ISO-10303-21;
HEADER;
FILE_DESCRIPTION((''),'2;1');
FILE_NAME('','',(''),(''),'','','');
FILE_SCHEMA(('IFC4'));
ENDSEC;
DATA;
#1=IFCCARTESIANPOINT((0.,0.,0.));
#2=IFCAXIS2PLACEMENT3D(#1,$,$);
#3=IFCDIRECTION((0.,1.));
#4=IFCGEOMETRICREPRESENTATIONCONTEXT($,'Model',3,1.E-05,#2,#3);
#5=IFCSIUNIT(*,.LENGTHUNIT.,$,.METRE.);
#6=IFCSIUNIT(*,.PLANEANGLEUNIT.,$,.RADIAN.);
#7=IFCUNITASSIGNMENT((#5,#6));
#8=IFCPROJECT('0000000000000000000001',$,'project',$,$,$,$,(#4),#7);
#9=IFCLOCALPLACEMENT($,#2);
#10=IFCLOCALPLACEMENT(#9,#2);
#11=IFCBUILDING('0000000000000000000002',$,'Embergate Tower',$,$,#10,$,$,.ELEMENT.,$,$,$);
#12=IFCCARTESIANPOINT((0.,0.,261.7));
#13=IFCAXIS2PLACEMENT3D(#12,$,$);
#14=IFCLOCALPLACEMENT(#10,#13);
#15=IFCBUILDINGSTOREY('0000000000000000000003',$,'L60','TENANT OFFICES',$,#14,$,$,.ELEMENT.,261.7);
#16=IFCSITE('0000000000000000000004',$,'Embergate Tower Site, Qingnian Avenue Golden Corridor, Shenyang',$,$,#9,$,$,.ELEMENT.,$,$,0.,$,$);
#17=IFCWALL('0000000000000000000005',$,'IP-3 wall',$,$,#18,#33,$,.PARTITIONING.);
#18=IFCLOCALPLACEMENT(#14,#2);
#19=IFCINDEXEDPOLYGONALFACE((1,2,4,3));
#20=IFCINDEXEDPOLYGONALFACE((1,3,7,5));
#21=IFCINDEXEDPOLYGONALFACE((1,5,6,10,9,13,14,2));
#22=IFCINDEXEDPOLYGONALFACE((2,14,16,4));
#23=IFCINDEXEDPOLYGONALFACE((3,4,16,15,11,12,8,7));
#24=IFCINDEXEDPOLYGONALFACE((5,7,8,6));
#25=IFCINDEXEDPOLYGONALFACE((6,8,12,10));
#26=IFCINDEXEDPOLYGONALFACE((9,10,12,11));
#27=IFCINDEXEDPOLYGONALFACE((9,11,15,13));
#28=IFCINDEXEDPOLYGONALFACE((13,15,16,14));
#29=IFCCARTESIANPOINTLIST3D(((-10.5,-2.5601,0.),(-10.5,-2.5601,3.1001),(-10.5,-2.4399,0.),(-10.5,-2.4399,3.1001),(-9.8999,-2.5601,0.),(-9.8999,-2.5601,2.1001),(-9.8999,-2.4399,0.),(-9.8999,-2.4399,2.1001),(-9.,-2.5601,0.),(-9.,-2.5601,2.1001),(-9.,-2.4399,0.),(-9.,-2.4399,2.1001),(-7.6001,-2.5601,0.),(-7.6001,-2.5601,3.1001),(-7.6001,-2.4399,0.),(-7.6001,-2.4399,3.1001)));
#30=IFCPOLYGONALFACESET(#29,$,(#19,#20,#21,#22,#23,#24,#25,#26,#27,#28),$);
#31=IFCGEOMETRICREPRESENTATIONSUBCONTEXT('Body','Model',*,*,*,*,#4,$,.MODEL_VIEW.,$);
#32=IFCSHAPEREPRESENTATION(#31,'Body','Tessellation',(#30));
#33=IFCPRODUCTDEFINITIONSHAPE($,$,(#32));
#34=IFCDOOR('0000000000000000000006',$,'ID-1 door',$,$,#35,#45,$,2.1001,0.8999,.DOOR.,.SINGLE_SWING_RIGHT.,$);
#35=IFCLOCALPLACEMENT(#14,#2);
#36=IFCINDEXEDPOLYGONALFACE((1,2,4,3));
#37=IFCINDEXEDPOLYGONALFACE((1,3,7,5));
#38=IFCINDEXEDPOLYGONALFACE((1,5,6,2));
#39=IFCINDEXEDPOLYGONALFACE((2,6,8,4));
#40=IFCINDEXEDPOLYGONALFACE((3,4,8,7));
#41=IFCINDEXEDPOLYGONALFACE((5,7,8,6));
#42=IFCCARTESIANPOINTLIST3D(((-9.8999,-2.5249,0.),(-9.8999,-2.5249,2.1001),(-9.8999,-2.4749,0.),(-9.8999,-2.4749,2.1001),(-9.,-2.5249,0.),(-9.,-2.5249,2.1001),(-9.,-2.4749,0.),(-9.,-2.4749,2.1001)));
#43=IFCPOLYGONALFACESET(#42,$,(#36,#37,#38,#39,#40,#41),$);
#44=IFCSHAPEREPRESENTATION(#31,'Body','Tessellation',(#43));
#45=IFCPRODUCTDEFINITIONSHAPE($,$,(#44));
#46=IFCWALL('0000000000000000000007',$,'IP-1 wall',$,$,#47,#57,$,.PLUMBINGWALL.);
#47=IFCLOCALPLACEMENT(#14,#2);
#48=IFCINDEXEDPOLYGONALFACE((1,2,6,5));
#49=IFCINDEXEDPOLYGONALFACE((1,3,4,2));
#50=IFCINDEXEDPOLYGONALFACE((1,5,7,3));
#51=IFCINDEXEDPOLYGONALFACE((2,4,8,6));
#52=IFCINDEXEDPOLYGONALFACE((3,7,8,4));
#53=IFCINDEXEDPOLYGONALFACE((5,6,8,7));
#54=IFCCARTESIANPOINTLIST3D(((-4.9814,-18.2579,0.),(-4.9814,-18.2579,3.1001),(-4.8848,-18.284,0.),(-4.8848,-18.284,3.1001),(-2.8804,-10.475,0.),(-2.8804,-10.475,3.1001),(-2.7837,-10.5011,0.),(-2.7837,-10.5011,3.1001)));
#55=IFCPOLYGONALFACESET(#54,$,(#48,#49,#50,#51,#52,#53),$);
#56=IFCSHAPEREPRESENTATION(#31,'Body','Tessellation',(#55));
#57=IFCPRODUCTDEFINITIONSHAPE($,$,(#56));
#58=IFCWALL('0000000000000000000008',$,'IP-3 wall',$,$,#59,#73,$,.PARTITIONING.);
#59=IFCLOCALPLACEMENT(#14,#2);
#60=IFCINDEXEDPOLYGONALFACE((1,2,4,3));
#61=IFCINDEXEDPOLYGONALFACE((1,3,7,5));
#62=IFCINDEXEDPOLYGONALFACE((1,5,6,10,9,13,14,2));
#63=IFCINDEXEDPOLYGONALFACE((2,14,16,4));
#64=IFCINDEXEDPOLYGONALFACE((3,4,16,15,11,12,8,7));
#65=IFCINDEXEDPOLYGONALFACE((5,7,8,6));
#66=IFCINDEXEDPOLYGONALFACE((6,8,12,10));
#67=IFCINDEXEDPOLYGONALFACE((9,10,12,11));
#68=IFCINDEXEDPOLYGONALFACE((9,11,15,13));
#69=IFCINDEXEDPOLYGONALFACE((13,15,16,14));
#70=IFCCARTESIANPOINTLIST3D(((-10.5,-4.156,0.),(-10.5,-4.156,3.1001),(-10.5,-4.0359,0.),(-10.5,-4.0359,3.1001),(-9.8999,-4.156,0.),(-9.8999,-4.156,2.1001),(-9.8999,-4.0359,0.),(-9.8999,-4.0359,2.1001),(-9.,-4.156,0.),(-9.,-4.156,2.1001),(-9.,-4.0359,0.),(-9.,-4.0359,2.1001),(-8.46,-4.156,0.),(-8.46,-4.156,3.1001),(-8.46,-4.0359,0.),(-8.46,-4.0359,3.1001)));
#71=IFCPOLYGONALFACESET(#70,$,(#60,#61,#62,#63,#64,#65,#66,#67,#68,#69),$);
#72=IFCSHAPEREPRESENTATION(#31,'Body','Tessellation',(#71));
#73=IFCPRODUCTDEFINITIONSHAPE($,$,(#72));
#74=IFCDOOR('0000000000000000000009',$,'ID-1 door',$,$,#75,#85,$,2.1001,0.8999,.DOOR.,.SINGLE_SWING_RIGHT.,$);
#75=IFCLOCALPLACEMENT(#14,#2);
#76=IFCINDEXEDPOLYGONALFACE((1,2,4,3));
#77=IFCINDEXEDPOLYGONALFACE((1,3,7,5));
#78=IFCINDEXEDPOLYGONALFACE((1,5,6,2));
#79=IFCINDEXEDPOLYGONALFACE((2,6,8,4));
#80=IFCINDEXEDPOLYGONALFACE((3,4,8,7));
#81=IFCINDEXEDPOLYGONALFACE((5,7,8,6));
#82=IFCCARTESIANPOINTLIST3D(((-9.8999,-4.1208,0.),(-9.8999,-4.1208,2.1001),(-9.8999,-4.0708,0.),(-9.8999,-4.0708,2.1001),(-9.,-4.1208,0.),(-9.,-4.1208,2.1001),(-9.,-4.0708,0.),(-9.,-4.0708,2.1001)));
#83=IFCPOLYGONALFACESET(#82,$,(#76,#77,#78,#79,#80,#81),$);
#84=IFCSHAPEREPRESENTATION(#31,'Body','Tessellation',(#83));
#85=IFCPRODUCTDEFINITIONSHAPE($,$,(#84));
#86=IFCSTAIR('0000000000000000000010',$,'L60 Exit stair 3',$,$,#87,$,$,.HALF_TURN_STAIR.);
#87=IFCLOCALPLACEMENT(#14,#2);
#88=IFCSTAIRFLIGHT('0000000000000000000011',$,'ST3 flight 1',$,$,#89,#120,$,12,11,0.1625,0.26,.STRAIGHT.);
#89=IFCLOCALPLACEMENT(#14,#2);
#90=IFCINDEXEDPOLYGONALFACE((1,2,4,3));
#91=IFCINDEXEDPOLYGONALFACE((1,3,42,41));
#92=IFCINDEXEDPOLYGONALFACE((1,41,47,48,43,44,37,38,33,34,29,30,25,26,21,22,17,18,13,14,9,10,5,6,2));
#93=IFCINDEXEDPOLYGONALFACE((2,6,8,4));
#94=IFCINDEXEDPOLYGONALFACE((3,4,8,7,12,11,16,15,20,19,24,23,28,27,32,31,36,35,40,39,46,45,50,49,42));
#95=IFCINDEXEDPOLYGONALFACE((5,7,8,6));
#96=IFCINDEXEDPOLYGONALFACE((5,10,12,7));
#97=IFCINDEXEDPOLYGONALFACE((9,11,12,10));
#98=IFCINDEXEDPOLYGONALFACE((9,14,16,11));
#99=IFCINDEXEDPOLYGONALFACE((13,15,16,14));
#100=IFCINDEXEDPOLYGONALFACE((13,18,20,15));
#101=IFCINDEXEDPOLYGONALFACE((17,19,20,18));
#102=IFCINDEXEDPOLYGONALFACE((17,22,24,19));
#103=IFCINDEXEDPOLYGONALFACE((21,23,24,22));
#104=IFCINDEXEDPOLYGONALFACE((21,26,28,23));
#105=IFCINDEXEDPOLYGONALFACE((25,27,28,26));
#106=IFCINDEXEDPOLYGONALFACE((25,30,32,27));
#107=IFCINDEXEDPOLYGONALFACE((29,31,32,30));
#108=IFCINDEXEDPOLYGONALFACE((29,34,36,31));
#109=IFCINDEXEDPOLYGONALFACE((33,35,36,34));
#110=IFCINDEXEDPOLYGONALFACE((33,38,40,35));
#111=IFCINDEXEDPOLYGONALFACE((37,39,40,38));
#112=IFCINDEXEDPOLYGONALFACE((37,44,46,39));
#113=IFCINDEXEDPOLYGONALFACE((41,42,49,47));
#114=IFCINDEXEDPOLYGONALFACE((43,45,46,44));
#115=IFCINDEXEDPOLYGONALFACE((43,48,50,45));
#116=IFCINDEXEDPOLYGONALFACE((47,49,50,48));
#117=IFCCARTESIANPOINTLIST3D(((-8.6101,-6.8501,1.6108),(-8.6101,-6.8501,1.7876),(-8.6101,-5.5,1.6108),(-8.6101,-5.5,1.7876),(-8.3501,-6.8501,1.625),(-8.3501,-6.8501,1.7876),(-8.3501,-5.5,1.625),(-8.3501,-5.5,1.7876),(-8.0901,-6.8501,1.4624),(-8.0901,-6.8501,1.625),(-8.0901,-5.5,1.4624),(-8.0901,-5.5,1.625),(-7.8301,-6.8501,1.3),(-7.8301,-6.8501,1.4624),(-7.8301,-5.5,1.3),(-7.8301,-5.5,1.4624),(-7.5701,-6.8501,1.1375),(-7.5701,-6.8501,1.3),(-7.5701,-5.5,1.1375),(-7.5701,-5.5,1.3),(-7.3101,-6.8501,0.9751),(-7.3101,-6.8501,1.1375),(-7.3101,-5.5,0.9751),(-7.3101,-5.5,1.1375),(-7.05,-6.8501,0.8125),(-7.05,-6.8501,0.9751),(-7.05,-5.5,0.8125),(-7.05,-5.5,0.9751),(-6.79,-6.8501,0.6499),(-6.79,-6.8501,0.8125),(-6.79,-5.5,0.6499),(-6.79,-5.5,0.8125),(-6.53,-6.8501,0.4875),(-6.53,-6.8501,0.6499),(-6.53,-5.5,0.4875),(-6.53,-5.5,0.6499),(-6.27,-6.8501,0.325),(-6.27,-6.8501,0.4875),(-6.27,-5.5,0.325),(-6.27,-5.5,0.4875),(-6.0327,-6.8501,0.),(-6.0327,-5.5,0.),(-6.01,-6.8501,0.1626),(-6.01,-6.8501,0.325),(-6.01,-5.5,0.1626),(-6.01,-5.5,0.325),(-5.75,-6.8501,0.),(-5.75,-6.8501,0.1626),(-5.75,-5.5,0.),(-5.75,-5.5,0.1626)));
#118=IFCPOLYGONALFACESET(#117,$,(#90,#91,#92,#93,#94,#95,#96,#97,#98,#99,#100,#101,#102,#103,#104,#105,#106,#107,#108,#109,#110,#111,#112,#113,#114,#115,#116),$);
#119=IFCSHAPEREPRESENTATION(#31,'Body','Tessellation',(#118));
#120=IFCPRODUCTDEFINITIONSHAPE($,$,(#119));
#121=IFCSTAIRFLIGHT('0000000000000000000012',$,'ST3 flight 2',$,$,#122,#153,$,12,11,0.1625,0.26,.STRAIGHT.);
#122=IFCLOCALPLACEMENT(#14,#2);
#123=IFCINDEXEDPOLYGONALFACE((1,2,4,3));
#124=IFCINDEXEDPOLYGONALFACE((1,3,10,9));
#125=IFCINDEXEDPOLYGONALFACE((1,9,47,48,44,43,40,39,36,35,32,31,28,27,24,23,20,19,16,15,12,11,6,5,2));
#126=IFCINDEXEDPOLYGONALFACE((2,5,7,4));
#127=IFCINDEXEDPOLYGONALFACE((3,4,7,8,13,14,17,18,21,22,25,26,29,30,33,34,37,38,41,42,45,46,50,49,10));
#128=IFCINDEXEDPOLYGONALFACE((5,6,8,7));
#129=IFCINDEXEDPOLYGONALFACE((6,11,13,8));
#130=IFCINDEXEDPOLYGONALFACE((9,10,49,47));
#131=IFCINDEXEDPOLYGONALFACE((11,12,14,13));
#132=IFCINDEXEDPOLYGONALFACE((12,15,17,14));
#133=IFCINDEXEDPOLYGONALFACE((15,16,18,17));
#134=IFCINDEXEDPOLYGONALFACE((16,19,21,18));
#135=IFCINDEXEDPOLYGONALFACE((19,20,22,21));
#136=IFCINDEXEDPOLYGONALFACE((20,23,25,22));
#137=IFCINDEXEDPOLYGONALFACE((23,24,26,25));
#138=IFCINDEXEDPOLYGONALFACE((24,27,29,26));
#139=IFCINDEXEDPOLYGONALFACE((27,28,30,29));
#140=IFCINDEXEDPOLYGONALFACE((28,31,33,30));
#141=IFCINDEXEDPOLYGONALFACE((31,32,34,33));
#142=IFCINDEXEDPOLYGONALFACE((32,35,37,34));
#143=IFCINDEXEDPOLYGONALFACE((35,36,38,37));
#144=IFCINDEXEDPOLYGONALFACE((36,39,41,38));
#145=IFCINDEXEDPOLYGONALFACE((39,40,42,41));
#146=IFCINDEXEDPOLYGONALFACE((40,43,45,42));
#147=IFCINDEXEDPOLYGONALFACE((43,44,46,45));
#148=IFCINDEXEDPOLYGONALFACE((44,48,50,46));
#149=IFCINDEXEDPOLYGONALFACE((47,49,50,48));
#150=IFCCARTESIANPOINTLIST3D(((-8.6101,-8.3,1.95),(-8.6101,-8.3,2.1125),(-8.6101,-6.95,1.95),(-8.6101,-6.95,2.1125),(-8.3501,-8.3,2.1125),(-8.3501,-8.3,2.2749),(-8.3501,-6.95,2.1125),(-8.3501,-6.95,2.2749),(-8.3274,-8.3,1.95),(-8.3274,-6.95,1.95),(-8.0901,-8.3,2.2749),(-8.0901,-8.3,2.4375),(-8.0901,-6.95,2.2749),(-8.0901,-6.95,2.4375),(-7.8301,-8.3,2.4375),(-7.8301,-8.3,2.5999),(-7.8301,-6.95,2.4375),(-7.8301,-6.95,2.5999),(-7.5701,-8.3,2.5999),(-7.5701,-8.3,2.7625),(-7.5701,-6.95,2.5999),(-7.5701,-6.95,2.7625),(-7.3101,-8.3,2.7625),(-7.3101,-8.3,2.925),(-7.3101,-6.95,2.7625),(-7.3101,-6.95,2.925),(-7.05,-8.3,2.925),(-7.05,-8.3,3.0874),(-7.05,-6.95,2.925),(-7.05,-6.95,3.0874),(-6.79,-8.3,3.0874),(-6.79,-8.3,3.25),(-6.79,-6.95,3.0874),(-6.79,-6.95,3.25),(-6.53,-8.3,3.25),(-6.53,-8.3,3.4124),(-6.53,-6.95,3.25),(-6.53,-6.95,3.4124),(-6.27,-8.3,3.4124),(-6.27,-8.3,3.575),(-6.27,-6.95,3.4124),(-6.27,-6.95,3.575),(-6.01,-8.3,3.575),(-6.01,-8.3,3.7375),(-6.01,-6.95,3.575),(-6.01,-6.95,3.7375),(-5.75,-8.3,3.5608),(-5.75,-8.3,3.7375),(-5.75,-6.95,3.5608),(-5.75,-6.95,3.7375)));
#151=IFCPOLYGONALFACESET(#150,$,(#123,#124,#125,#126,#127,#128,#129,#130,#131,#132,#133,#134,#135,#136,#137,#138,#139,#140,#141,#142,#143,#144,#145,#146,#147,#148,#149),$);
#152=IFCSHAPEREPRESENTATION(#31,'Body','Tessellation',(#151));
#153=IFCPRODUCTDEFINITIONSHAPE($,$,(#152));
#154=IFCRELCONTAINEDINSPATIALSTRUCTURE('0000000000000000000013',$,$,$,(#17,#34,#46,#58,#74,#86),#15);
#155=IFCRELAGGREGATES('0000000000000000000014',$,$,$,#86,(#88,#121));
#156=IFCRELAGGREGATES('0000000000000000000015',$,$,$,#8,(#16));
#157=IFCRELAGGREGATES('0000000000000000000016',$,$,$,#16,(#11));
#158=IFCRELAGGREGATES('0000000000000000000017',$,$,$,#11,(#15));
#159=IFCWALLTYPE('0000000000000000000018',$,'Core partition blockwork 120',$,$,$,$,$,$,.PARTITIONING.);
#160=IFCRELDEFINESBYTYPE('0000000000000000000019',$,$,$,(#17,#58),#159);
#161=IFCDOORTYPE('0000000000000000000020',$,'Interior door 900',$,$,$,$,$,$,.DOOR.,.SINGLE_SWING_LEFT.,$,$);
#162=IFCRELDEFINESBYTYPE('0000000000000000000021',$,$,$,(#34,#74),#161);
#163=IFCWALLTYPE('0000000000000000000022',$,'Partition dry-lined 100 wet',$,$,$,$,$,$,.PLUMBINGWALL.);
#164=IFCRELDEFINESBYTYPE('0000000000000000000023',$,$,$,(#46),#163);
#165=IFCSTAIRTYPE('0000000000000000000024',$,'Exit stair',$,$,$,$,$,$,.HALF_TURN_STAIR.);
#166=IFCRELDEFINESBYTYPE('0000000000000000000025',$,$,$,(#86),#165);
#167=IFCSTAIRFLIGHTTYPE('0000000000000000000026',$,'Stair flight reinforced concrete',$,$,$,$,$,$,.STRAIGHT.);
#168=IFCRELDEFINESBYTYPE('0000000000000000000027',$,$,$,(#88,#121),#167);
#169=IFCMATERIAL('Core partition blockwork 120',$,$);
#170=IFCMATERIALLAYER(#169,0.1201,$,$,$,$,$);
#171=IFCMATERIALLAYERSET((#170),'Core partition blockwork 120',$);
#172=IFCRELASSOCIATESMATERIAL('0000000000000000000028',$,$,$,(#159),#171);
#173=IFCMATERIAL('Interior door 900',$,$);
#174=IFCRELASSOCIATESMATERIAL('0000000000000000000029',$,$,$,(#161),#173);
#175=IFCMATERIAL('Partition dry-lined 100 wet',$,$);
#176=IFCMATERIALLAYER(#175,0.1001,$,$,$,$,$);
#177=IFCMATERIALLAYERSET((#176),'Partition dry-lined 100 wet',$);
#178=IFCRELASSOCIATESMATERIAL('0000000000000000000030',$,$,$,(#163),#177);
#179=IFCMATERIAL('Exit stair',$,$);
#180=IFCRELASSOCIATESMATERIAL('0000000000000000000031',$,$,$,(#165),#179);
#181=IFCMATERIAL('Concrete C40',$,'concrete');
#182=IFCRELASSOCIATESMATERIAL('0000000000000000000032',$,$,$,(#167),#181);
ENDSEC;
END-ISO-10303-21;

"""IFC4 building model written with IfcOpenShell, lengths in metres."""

from ifc_helpers import new_model, si_unit, direction, frame, frame_2d, origin, place, context, subcontext, project, spatial, polyline, rectangle, outline, extrude, source, transform, mapped, material, layer, layer_set, type_object, element, fill, aggregate, save


model = new_model("IFC4")

# Units and contexts
model_context = context("Model", 3, precision=1e-05, world=origin(), true_north=direction((0.0, 1.0)))
body_context = subcontext(model_context, "Body", "Model", "MODEL_VIEW")
ifc_project = project(units=[si_unit("LENGTHUNIT", "METRE"), si_unit("PLANEANGLEUNIT", "RADIAN")], contexts=[model_context])

# Site, building, storey
site_placement = place(None, origin())
site = spatial("IfcSite", under=ifc_project, at=site_placement, Name="Embergate Tower Site, Qingnian Avenue Golden Corridor, Shenyang", CompositionType="ELEMENT", RefElevation=0.0)
building_placement = place(site_placement, origin())
building = spatial("IfcBuilding", under=site, at=building_placement, Name="Embergate Tower", CompositionType="ELEMENT")
storey_placement = place(building_placement, frame((0.0, 0.0, 261.7)))
storey = spatial("IfcBuildingStorey", under=building, at=storey_placement, Name="L60", Description="TENANT OFFICES", CompositionType="ELEMENT", Elevation=261.7)

# Shared definitions
ifc_material_1 = material(Name="Core partition blockwork 120")
ifc_layer_1 = layer(ifc_material_1, 0.1201)
ifc_layer_set_1 = layer_set([ifc_layer_1], Name="Core partition blockwork 120")
wall_type_1 = type_object("IfcWallType", Name="Core partition blockwork 120", PredefinedType="PARTITIONING", material=ifc_layer_set_1)
shared_shape_1 = source(origin(), body_context, "Body", "SweptSolid", [
    extrude(rectangle(XDim=0.8999, YDim=2.1001, at=frame_2d((0.45, 1.05))), frame((0.0, 0.0701, 0.0), z_axis=(0.0, -1.0, 0.0), x_axis=(1.0, 0.0, 0.0)), (0.0, 0.0, 1.0), 0.1401),
])
ifc_material_2 = material(Name="Interior door 900")
door_type_1 = type_object("IfcDoorType", Name="Interior door 900", OperationType="SINGLE_SWING_LEFT", PredefinedType="DOOR", material=ifc_material_2)
shared_shape_2 = source(origin(), body_context, "Body", "SweptSolid", [
    extrude(rectangle(XDim=0.8999, YDim=2.1001, at=frame_2d((0.45, 1.05))), frame((0.0, 0.0249, 0.0), z_axis=(0.0, -1.0, 0.0), x_axis=(1.0, 0.0, 0.0)), (0.0, 0.0, 1.0), 0.05),
])

# Wall, opening, door
shared_shape_3 = source(origin(), body_context, "Body", "SweptSolid", [
    extrude(rectangle(XDim=2.8999, YDim=0.1201, at=frame_2d((1.45, 0.0))), origin(), (0.0, 0.0, 1.0), 3.1001),
])
wall_1_placement = place(storey_placement, frame((-7.6001, -2.5, 0.0), z_axis=(0.0, 0.0, 1.0), x_axis=(-1.0, 0.0, 0.0)))
wall_1 = element("IfcWall", 1, at=wall_1_placement, inside=storey, type_object=wall_type_1, Name="IP-3 wall", PredefinedType="PARTITIONING", context=body_context, shape_type="MappedRepresentation", body=[
    mapped(shared_shape_3, transform((0.0, 0.0, 0.0))),
])
opening_1_placement = place(wall_1_placement, frame((1.3999, 0.0, 0.0)))
opening_1 = element("IfcOpeningElement", 2, at=opening_1_placement, cuts=wall_1, PredefinedType="OPENING", context=body_context, shape_type="MappedRepresentation", body=[
    mapped(shared_shape_1, transform((0.0, 0.0, 0.0))),
])
door_1_placement = place(opening_1_placement, origin())
door_1 = element("IfcDoor", 3, at=door_1_placement, inside=storey, type_object=door_type_1, Name="ID-1 door", OperationType="SINGLE_SWING_RIGHT", OverallHeight=2.1001, OverallWidth=0.8999, PredefinedType="DOOR", context=body_context, shape_type="MappedRepresentation", body=[
    mapped(shared_shape_2, transform((0.0, 0.0, 0.0))),
])
fill(opening_1, door_1)

# Wall
ifc_material_3 = material(Name="Partition dry-lined 100 wet")
ifc_layer_2 = layer(ifc_material_3, 0.1001)
ifc_layer_set_2 = layer_set([ifc_layer_2], Name="Partition dry-lined 100 wet")
wall_type_2 = type_object("IfcWallType", Name="Partition dry-lined 100 wet", PredefinedType="PLUMBINGWALL", material=ifc_layer_set_2)
shared_shape_4 = source(origin(), body_context, "Body", "SweptSolid", [
    extrude(rectangle(XDim=8.0615, YDim=0.1001, at=frame_2d((4.0308, 0.0))), origin(), (0.0, 0.0, 1.0), 3.1001),
])
wall_2_placement = place(storey_placement, frame((-2.832, -10.488, 0.0), z_axis=(0.0, 0.0, 1.0), x_axis=(-0.260628, -0.965439, 0.0)))
element("IfcWall", 4, at=wall_2_placement, inside=storey, type_object=wall_type_2, Name="IP-1 wall", PredefinedType="PLUMBINGWALL", context=body_context, shape_type="MappedRepresentation", body=[
    mapped(shared_shape_4, transform((0.0, 0.0, 0.0))),
])

# Wall, opening, door
shared_shape_5 = source(origin(), body_context, "Body", "SweptSolid", [
    extrude(rectangle(XDim=2.04, YDim=0.1201, at=frame_2d((1.02, 0.0))), origin(), (0.0, 0.0, 1.0), 3.1001),
])
wall_3_placement = place(storey_placement, frame((-8.46, -4.0959, 0.0), z_axis=(0.0, 0.0, 1.0), x_axis=(-1.0, 0.0, 0.0)))
wall_3 = element("IfcWall", 5, at=wall_3_placement, inside=storey, type_object=wall_type_1, Name="IP-3 wall", PredefinedType="PARTITIONING", context=body_context, shape_type="MappedRepresentation", body=[
    mapped(shared_shape_5, transform((0.0, 0.0, 0.0))),
])
opening_2_placement = place(wall_3_placement, frame((0.54, 0.0, 0.0)))
opening_2 = element("IfcOpeningElement", 6, at=opening_2_placement, cuts=wall_3, PredefinedType="OPENING", context=body_context, shape_type="MappedRepresentation", body=[
    mapped(shared_shape_1, transform((0.0, 0.0, 0.0))),
])
door_2_placement = place(opening_2_placement, origin())
door_2 = element("IfcDoor", 7, at=door_2_placement, inside=storey, type_object=door_type_1, Name="ID-1 door", OperationType="SINGLE_SWING_RIGHT", OverallHeight=2.1001, OverallWidth=0.8999, PredefinedType="DOOR", context=body_context, shape_type="MappedRepresentation", body=[
    mapped(shared_shape_2, transform((0.0, 0.0, 0.0))),
])
fill(opening_2, door_2)

# Stair, stair flights
ifc_material_4 = material(Name="Exit stair")
stair_type = type_object("IfcStairType", Name="Exit stair", PredefinedType="HALF_TURN_STAIR", material=ifc_material_4)
stair_placement = place(storey_placement, origin())
stair = element("IfcStair", 8, at=stair_placement, inside=storey, type_object=stair_type, Name="L60 Exit stair 3", PredefinedType="HALF_TURN_STAIR")
ifc_material_5 = material(Name="Concrete C40", Category="concrete")
stair_flight_type = type_object("IfcStairFlightType", Name="Stair flight reinforced concrete", PredefinedType="STRAIGHT", material=ifc_material_5)
shared_shape_6 = source(origin(), body_context, "Body", "SweptSolid", [
    extrude(outline(polyline([(0.0, 0.0), (0.0, 0.1626), (0.26, 0.1626), (0.26, 0.325), (0.52, 0.325), (0.52, 0.4875), (0.78, 0.4875), (0.78, 0.6499), (1.04, 0.6499), (1.04, 0.8125), (1.3, 0.8125), (1.3, 0.9751), (1.5601, 0.9751), (1.5601, 1.1375), (1.8201, 1.1375), (1.8201, 1.3), (2.0801, 1.3), (2.0801, 1.4624), (2.3401, 1.4624), (2.3401, 1.625), (2.6001, 1.625), (2.6001, 1.7876), (2.8601, 1.7876), (2.8601, 1.95), (2.8601, 1.6108), (0.2827, 0.0), (0.0, 0.0)])), frame((0.0, 0.675, 0.0), z_axis=(0.0, -1.0, 0.0), x_axis=(1.0, 0.0, 0.0)), (0.0, 0.0, 1.0), 1.3501),
])
stair_flight_1_placement = place(storey_placement, frame((-5.75, -6.175, 0.0), z_axis=(0.0, 0.0, 1.0), x_axis=(-1.0, 0.0, 0.0)))
stair_flight_1 = element("IfcStairFlight", 9, at=stair_flight_1_placement, type_object=stair_flight_type, Name="ST3 flight 1", NumberOfRisers=12, NumberOfTreads=11, PredefinedType="STRAIGHT", RiserHeight=0.1625, TreadLength=0.26, context=body_context, shape_type="MappedRepresentation", body=[
    mapped(shared_shape_6, transform((0.0, 0.0, 0.0))),
])
stair_flight_2_placement = place(storey_placement, frame((-8.6101, -7.625, 1.95), z_axis=(0.0, 0.0, 1.0), x_axis=(1.0, 0.0, 0.0)))
stair_flight_2 = element("IfcStairFlight", 10, at=stair_flight_2_placement, type_object=stair_flight_type, Name="ST3 flight 2", NumberOfRisers=12, NumberOfTreads=11, PredefinedType="STRAIGHT", RiserHeight=0.1625, TreadLength=0.26, context=body_context, shape_type="MappedRepresentation", body=[
    mapped(shared_shape_6, transform((0.0, 0.0, 0.0))),
])
aggregate(stair, [stair_flight_1, stair_flight_2])

save(model, "model.ifc")
